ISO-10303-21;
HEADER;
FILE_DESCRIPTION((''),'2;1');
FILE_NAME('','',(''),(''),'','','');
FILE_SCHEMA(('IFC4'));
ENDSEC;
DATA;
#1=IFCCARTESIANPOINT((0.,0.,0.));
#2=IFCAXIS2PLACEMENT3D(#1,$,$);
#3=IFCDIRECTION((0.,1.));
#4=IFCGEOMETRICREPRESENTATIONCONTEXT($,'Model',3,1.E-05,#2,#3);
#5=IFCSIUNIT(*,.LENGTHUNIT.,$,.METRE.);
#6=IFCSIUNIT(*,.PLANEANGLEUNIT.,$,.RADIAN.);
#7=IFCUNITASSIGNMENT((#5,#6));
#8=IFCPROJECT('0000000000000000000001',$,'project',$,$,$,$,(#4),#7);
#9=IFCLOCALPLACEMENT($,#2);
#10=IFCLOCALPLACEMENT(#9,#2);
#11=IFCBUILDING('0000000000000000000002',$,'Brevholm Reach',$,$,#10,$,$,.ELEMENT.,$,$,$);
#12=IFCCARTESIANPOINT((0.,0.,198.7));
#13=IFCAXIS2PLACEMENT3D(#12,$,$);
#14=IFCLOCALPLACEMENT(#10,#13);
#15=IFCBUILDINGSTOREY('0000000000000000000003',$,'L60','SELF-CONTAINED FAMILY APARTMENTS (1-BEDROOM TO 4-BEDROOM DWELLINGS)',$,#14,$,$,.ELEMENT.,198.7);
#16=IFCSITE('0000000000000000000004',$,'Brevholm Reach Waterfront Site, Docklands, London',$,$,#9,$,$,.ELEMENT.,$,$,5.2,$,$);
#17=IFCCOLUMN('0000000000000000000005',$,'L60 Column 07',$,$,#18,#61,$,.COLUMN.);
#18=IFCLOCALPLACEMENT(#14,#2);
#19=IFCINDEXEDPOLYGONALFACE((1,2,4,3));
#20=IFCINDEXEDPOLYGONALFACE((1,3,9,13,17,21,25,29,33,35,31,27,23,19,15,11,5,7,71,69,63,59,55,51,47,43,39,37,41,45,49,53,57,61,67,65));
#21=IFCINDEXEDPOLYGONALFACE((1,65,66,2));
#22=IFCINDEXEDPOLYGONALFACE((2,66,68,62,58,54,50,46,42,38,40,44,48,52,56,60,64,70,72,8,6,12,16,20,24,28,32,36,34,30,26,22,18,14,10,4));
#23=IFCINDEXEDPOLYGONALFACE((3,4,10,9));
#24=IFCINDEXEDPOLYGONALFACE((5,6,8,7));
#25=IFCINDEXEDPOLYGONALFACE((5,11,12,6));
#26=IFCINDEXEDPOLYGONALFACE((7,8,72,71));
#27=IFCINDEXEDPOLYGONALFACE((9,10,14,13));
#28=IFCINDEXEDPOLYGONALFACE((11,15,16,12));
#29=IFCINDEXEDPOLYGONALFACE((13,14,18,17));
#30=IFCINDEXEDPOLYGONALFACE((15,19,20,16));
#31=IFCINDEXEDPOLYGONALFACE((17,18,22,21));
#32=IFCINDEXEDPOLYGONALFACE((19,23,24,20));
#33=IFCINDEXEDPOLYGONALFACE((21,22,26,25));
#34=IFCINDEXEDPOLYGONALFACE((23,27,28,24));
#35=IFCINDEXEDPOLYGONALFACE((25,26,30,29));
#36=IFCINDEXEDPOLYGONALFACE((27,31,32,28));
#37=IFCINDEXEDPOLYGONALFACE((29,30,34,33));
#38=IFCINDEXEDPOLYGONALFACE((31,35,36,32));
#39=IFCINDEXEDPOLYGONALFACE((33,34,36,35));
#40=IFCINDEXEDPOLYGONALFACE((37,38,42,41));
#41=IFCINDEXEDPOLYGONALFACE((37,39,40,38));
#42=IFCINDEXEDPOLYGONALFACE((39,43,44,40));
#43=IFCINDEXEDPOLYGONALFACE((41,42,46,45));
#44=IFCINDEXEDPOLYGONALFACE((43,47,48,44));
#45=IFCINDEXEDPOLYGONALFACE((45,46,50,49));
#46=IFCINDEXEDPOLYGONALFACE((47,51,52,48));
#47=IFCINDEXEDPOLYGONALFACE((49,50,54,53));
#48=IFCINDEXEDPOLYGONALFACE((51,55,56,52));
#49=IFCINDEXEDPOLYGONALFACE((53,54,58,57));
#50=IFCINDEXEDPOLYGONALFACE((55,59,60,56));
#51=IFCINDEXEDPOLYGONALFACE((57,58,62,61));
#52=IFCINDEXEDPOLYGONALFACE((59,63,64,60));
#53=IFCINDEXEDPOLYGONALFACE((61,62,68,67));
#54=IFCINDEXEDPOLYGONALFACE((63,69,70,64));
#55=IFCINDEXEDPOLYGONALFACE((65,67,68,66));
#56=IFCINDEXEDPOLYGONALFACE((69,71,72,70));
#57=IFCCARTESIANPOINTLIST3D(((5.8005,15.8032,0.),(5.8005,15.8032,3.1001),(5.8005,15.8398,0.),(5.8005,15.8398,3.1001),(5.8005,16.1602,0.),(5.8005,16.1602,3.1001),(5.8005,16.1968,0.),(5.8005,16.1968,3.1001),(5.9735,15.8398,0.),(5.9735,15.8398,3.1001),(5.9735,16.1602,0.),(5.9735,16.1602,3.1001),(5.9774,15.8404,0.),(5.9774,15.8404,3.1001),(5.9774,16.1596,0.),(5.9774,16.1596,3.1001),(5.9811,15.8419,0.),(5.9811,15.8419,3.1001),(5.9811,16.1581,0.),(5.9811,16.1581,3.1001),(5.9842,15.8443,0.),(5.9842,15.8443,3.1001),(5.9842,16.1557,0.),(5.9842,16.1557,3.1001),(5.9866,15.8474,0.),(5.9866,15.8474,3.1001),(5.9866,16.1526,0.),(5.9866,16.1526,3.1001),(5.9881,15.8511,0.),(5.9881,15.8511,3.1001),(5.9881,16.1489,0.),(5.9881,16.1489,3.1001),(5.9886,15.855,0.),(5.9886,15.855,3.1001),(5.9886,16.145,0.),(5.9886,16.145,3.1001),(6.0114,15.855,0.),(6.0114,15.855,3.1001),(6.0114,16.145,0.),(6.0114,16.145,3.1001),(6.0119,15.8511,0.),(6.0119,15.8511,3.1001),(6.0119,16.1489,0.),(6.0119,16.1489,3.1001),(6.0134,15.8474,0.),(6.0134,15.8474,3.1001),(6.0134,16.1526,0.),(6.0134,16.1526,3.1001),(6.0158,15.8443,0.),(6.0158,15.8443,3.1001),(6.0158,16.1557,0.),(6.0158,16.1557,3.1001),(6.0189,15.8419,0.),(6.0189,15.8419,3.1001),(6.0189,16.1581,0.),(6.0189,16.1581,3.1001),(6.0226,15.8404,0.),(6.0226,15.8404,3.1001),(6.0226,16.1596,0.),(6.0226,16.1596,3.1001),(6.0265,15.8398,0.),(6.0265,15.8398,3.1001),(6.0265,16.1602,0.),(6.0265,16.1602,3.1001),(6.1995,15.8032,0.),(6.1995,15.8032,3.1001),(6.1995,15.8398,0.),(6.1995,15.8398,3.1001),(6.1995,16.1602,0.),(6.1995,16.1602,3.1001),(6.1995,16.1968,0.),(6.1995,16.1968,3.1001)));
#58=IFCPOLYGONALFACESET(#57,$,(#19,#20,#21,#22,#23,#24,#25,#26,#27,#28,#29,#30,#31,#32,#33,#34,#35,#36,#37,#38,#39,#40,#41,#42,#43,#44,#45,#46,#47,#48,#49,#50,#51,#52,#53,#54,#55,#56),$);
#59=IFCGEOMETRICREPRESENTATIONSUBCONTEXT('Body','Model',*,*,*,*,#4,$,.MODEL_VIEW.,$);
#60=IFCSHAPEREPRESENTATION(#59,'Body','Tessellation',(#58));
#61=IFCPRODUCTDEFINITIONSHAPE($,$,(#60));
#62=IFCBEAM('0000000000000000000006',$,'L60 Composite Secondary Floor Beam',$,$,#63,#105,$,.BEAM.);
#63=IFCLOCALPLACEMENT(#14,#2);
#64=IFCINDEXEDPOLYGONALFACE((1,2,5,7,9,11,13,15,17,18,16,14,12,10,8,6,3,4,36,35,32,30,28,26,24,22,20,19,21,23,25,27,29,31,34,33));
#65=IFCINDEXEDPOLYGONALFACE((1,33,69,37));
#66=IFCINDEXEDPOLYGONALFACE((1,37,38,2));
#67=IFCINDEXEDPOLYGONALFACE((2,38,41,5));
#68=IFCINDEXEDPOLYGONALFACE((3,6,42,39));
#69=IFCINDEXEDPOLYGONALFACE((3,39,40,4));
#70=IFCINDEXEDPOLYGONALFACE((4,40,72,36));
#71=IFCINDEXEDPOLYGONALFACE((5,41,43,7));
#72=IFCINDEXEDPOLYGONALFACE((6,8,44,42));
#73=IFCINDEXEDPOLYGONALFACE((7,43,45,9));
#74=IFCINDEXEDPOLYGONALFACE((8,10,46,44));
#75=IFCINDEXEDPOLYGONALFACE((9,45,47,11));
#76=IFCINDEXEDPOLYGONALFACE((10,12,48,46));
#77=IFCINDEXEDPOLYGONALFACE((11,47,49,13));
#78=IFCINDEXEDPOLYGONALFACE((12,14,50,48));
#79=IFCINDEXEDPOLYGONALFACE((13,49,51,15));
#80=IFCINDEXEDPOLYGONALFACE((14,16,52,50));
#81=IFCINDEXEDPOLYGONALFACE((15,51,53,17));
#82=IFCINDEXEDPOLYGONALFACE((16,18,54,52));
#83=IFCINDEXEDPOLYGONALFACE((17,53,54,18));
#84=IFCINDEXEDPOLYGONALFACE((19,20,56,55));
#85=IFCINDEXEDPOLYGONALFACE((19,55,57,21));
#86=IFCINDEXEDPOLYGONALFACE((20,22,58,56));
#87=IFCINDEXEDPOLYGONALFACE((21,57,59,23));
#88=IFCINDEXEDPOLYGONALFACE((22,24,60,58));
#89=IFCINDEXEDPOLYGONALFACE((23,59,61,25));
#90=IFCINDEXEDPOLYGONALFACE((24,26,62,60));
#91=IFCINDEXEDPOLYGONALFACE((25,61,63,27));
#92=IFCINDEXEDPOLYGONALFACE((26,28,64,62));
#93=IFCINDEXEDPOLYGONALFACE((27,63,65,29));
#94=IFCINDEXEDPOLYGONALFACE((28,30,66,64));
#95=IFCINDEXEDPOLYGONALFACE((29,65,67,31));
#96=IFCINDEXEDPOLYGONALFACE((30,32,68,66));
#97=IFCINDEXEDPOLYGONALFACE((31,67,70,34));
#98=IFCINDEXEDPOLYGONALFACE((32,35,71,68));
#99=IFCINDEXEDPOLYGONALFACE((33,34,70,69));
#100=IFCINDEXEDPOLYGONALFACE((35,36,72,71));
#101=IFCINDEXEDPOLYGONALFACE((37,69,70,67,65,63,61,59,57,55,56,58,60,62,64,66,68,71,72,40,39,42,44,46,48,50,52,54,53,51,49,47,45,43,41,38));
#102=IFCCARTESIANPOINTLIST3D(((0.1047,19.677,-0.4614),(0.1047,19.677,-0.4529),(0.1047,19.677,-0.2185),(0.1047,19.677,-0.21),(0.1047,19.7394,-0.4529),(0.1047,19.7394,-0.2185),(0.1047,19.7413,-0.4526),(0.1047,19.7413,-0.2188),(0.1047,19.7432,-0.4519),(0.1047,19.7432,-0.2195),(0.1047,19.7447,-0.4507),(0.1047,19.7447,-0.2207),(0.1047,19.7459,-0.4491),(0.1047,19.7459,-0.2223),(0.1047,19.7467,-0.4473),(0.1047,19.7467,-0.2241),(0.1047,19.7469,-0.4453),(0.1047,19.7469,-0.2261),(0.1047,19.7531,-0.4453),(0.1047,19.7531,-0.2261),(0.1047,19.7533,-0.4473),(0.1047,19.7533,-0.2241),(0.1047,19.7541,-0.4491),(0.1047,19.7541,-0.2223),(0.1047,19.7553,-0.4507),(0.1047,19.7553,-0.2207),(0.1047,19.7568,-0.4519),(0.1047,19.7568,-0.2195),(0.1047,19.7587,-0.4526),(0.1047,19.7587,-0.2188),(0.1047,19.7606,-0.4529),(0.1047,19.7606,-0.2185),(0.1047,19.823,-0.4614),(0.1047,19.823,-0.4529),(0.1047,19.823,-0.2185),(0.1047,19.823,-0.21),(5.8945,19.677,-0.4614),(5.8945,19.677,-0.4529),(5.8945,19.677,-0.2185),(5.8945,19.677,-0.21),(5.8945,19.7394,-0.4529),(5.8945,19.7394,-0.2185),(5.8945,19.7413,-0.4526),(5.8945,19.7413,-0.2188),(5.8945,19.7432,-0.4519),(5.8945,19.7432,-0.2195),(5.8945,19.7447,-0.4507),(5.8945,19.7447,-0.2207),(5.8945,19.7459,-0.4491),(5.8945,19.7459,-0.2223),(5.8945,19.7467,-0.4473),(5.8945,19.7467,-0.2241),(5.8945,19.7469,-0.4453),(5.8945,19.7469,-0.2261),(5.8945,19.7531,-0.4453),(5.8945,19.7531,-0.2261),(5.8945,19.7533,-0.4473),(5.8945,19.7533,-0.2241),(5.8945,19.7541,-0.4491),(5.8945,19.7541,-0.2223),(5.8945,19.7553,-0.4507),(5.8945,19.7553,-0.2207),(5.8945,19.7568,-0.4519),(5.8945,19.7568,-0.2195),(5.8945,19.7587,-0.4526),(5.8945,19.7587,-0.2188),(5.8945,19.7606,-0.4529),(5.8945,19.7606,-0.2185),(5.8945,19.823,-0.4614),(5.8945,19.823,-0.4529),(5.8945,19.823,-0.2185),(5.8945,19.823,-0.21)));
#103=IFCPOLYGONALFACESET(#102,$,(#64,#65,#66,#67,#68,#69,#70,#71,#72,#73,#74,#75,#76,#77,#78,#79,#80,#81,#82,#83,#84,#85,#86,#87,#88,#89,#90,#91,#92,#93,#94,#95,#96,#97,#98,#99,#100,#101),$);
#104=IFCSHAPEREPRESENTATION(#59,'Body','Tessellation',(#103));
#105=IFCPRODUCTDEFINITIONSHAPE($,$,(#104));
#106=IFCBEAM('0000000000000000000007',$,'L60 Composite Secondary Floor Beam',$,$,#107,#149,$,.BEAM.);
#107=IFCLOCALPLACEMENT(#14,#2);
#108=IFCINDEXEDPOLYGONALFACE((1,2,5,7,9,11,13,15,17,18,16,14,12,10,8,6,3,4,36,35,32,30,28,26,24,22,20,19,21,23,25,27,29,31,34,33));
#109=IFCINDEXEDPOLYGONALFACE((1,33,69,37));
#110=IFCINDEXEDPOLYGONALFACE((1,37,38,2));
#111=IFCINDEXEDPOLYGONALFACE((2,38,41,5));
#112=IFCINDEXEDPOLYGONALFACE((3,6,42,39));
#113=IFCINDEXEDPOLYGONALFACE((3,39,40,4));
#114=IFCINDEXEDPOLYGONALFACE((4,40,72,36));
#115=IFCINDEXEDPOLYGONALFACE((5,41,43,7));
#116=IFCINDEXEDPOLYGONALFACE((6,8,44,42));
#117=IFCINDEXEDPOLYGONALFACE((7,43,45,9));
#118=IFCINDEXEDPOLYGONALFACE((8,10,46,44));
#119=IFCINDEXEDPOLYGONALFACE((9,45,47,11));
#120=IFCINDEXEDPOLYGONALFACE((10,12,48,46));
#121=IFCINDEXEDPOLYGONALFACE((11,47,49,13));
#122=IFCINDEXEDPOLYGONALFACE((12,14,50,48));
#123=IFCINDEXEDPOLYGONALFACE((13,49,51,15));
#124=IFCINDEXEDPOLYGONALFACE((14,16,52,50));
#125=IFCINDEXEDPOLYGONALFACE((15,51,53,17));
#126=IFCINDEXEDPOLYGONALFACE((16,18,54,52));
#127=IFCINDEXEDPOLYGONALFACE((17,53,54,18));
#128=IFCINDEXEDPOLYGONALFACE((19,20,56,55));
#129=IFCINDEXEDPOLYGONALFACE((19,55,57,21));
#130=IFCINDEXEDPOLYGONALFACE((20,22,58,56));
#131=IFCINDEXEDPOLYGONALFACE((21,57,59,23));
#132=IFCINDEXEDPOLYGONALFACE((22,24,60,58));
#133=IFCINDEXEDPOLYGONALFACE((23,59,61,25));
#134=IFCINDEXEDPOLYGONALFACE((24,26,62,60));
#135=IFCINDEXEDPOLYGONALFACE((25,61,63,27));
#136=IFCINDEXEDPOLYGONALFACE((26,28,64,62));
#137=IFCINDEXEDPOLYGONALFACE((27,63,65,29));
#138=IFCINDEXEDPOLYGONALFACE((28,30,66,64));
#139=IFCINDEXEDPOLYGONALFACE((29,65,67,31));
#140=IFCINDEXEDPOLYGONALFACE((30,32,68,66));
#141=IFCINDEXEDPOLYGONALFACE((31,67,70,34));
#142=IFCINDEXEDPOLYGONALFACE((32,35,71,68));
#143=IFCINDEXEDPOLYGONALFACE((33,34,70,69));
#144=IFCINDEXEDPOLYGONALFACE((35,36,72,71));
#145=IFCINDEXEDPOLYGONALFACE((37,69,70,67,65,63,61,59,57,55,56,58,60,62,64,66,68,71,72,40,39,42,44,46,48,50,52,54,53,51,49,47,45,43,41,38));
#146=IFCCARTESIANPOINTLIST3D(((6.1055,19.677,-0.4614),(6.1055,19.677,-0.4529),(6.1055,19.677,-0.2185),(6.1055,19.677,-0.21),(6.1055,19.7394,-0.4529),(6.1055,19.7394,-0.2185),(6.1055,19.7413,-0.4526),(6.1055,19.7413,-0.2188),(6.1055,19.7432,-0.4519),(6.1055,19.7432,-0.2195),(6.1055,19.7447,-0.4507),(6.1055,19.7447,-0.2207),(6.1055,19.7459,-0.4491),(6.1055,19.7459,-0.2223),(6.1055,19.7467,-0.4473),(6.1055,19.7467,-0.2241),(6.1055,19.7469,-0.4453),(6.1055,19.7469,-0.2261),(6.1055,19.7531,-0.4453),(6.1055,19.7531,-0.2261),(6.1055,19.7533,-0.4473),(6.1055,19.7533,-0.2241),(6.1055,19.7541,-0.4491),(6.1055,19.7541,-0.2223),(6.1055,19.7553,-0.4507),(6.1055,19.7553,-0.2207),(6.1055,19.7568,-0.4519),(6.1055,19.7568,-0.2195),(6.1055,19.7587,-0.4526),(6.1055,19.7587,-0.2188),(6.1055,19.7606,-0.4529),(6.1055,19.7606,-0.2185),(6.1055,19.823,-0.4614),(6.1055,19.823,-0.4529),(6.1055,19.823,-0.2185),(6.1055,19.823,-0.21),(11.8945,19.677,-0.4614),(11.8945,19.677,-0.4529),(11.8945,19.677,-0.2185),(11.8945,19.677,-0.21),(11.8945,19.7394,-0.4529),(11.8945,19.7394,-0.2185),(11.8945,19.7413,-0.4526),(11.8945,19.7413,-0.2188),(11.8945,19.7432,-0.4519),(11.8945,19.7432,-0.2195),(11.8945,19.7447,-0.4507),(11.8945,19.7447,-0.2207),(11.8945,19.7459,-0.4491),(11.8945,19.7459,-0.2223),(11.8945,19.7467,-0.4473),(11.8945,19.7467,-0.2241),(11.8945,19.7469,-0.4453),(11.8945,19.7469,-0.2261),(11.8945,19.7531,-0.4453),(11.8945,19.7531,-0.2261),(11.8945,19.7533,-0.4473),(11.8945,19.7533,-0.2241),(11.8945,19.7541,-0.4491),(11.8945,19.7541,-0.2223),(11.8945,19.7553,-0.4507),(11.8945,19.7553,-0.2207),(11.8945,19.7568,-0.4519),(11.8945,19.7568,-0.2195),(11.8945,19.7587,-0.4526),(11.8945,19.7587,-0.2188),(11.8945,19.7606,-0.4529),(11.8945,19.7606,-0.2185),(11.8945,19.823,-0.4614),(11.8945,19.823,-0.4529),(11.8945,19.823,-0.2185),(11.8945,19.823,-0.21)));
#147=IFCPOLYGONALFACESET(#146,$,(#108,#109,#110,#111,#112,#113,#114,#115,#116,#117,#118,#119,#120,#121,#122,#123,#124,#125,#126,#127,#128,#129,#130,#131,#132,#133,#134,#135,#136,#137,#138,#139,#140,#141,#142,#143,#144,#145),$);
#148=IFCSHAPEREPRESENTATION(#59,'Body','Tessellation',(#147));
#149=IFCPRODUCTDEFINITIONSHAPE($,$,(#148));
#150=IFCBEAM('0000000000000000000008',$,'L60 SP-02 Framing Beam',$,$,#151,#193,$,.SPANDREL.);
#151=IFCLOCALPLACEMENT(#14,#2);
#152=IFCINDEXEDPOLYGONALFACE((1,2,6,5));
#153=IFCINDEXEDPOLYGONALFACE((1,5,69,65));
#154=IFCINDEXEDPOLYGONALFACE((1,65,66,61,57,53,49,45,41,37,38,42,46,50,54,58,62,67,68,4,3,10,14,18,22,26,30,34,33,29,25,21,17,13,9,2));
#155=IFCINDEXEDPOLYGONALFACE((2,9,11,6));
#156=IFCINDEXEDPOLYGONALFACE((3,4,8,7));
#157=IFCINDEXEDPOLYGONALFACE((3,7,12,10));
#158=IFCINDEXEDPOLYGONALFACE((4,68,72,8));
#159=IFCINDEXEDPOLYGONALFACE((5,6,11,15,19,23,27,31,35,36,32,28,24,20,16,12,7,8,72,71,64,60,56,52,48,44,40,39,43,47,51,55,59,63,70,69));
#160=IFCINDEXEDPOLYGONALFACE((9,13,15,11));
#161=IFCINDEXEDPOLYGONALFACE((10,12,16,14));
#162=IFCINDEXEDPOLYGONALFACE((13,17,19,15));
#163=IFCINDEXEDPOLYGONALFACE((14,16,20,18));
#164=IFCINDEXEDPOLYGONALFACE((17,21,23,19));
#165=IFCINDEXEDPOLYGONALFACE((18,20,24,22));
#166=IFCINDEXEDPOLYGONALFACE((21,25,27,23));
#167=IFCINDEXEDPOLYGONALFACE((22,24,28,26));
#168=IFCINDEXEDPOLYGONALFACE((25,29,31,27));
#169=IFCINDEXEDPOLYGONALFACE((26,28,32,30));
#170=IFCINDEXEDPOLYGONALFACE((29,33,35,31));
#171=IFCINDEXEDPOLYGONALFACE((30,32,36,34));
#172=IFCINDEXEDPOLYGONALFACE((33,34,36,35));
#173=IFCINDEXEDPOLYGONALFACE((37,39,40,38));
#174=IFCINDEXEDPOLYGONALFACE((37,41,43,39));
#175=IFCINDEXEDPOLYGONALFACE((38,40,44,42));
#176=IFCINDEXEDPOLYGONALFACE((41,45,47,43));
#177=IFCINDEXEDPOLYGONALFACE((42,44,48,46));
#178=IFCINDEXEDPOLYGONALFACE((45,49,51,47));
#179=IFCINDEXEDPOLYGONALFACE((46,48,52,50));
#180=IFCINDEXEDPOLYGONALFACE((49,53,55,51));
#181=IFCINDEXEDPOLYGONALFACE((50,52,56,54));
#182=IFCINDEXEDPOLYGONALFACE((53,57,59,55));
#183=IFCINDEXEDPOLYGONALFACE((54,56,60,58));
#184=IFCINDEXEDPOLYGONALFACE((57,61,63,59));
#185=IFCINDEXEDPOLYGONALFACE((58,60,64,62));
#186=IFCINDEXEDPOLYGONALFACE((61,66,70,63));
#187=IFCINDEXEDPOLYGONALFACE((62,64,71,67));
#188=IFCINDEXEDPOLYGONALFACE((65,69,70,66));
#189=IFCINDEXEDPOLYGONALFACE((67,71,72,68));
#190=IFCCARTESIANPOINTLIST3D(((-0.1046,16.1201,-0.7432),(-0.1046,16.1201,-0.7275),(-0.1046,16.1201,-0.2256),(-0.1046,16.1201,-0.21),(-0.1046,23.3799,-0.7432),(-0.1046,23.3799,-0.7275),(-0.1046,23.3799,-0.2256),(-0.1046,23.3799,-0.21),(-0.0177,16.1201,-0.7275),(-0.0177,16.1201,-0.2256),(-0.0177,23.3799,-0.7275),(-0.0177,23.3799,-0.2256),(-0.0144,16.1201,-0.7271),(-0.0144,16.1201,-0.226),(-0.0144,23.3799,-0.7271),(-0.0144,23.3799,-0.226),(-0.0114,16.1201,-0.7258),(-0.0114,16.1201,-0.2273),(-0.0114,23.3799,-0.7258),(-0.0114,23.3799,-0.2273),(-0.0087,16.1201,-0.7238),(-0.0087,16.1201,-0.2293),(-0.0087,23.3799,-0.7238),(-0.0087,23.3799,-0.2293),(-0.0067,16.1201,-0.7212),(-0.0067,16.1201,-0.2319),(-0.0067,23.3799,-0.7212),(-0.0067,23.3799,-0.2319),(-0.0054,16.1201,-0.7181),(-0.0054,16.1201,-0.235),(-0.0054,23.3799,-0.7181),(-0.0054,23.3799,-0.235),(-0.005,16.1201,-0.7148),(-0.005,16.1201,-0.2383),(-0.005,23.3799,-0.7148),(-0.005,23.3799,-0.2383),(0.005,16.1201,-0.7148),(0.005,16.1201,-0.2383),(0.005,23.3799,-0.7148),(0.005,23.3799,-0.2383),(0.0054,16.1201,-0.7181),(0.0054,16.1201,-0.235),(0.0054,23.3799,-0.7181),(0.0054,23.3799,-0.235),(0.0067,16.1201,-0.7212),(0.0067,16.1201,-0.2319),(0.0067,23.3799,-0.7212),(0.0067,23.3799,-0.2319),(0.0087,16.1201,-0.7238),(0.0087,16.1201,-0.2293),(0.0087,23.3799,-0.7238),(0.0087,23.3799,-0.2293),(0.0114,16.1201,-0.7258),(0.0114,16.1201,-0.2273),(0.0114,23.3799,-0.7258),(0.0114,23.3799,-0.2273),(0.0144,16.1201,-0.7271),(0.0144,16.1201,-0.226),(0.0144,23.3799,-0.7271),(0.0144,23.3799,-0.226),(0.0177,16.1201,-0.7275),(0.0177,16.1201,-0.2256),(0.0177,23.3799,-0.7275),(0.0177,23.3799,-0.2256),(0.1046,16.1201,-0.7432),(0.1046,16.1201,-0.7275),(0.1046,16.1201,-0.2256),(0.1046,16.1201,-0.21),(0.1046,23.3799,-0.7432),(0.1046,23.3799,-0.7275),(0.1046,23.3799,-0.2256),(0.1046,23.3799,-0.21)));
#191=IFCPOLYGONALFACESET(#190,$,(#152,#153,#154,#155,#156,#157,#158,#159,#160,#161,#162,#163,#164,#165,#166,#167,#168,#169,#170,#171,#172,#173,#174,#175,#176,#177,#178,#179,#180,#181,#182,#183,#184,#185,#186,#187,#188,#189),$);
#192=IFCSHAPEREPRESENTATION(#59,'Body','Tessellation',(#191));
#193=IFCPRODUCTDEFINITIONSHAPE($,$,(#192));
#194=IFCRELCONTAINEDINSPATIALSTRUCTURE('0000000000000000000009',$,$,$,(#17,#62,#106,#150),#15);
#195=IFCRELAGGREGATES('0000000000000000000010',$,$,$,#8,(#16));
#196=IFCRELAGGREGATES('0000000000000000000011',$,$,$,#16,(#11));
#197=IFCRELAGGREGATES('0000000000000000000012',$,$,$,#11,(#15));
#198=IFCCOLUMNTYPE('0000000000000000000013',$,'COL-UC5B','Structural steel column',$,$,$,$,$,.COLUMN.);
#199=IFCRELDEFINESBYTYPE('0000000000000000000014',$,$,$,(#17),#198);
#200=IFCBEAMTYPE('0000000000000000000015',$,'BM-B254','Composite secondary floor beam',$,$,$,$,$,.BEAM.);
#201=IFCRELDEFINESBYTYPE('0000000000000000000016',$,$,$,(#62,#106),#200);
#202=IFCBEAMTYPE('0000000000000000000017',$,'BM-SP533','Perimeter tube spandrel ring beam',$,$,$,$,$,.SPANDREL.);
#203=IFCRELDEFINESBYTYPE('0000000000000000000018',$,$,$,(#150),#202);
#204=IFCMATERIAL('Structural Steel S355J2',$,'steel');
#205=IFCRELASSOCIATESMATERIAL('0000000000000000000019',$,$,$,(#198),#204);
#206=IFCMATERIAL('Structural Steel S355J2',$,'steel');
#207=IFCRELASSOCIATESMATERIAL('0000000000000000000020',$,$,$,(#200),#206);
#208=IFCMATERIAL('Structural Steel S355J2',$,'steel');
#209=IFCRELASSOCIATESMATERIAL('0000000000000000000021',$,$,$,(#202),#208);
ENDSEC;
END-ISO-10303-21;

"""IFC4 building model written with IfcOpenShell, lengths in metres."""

from ifc_helpers import new_model, si_unit, direction, frame, origin, origin_2d, place, context, subcontext, project, spatial, i_section, extrude, material, material_profile, profile_set, type_object, element, save


model = new_model("IFC4")

# Units and contexts
model_context = context("Model", 3, precision=1e-05, world=origin(), true_north=direction((0.0, 1.0)))
body_context = subcontext(model_context, "Body", "Model", "MODEL_VIEW")
ifc_project = project(units=[si_unit("LENGTHUNIT", "METRE"), si_unit("PLANEANGLEUNIT", "RADIAN")], contexts=[model_context])

# Site, building, storey
site_placement = place(None, origin())
site = spatial("IfcSite", under=ifc_project, at=site_placement, Name="Brevholm Reach Waterfront Site, Docklands, London", CompositionType="ELEMENT", RefElevation=5.2)
building_placement = place(site_placement, origin())
building = spatial("IfcBuilding", under=site, at=building_placement, Name="Brevholm Reach", CompositionType="ELEMENT")
storey_placement = place(building_placement, frame((0.0, 0.0, 198.7)))
storey = spatial("IfcBuildingStorey", under=building, at=storey_placement, Name="L60", Description="SELF-CONTAINED FAMILY APARTMENTS (1-BEDROOM TO 4-BEDROOM DWELLINGS)", CompositionType="ELEMENT", Elevation=198.7)

# Column
ifc_material_1 = material(Name="Structural Steel S355J2", Category="steel")
ifc_material_profile_1 = material_profile(ifc_material_1, i_section(OverallWidth=0.3989, OverallDepth=0.3936, WebThickness=0.0227, FlangeThickness=0.0366, FilletRadius=0.0151, at=origin_2d()), Name="UKC 356x406x287")
ifc_profile_set_1 = profile_set([ifc_material_profile_1], Name="Structural Steel S355J2")
column_type = type_object("IfcColumnType", Name="COL-UC5B", Description="Structural steel column", PredefinedType="COLUMN", material=ifc_profile_set_1)
column_placement = place(storey_placement, frame((6.0, 16.0, 0.0), z_axis=(0.0, 0.0, 1.0), x_axis=(1.0, 0.0, 0.0)))
element("IfcColumn", 1, at=column_placement, inside=storey, type_object=column_type, Name="L60 Column 07", PredefinedType="COLUMN", context=body_context, shape_type="SweptSolid", body=[
    extrude(i_section(OverallWidth=0.3989, OverallDepth=0.3936, WebThickness=0.0227, FlangeThickness=0.0366, FilletRadius=0.0151, at=origin_2d()), origin(), (0.0, 0.0, 1.0), 3.1001),
])

# Beams
ifc_material_2 = material(Name="Structural Steel S355J2", Category="steel")
ifc_material_profile_2 = material_profile(ifc_material_2, i_section(OverallWidth=0.146, OverallDepth=0.2515, WebThickness=0.0061, FlangeThickness=0.0085, FilletRadius=0.0076, at=origin_2d()), Name="UKB 254x146x31")
ifc_profile_set_2 = profile_set([ifc_material_profile_2], Name="Structural Steel S355J2")
beam_type_1 = type_object("IfcBeamType", Name="BM-B254", Description="Composite secondary floor beam", PredefinedType="BEAM", material=ifc_profile_set_2)
beam_1_placement = place(storey_placement, frame((0.1047, 19.75, -0.3357), z_axis=(1.0, 0.0, 0.0), x_axis=(0.0, 1.0, 0.0)))
element("IfcBeam", 2, at=beam_1_placement, inside=storey, type_object=beam_type_1, Name="L60 Composite Secondary Floor Beam", PredefinedType="BEAM", context=body_context, shape_type="SweptSolid", body=[
    extrude(i_section(OverallWidth=0.146, OverallDepth=0.2515, WebThickness=0.0061, FlangeThickness=0.0085, FilletRadius=0.0076, at=origin_2d()), origin(), (0.0, 0.0, 1.0), 5.7898),
])
beam_2_placement = place(storey_placement, frame((6.1055, 19.75, -0.3357), z_axis=(1.0, 0.0, 0.0), x_axis=(0.0, 1.0, 0.0)))
element("IfcBeam", 3, at=beam_2_placement, inside=storey, type_object=beam_type_1, Name="L60 Composite Secondary Floor Beam", PredefinedType="BEAM", context=body_context, shape_type="SweptSolid", body=[
    extrude(i_section(OverallWidth=0.146, OverallDepth=0.2515, WebThickness=0.0061, FlangeThickness=0.0085, FilletRadius=0.0076, at=origin_2d()), origin(), (0.0, 0.0, 1.0), 5.7891),
])
ifc_material_3 = material(Name="Structural Steel S355J2", Category="steel")
ifc_material_profile_3 = material_profile(ifc_material_3, i_section(OverallWidth=0.2092, OverallDepth=0.5332, WebThickness=0.01, FlangeThickness=0.0156, FilletRadius=0.0127, at=origin_2d()), Name="UKB 533x210x92")
ifc_profile_set_3 = profile_set([ifc_material_profile_3], Name="Structural Steel S355J2")
beam_type_2 = type_object("IfcBeamType", Name="BM-SP533", Description="Perimeter tube spandrel ring beam", PredefinedType="SPANDREL", material=ifc_profile_set_3)
beam_3_placement = place(storey_placement, frame((0.0, 16.1201, -0.4766), z_axis=(0.0, 1.0, 0.0), x_axis=(-1.0, 0.0, 0.0)))
element("IfcBeam", 4, at=beam_3_placement, inside=storey, type_object=beam_type_2, Name="L60 SP-02 Framing Beam", PredefinedType="SPANDREL", context=body_context, shape_type="SweptSolid", body=[
    extrude(i_section(OverallWidth=0.2092, OverallDepth=0.5332, WebThickness=0.01, FlangeThickness=0.0156, FilletRadius=0.0127, at=origin_2d()), origin(), (0.0, 0.0, 1.0), 7.2598),
])

save(model, "model.ifc")
